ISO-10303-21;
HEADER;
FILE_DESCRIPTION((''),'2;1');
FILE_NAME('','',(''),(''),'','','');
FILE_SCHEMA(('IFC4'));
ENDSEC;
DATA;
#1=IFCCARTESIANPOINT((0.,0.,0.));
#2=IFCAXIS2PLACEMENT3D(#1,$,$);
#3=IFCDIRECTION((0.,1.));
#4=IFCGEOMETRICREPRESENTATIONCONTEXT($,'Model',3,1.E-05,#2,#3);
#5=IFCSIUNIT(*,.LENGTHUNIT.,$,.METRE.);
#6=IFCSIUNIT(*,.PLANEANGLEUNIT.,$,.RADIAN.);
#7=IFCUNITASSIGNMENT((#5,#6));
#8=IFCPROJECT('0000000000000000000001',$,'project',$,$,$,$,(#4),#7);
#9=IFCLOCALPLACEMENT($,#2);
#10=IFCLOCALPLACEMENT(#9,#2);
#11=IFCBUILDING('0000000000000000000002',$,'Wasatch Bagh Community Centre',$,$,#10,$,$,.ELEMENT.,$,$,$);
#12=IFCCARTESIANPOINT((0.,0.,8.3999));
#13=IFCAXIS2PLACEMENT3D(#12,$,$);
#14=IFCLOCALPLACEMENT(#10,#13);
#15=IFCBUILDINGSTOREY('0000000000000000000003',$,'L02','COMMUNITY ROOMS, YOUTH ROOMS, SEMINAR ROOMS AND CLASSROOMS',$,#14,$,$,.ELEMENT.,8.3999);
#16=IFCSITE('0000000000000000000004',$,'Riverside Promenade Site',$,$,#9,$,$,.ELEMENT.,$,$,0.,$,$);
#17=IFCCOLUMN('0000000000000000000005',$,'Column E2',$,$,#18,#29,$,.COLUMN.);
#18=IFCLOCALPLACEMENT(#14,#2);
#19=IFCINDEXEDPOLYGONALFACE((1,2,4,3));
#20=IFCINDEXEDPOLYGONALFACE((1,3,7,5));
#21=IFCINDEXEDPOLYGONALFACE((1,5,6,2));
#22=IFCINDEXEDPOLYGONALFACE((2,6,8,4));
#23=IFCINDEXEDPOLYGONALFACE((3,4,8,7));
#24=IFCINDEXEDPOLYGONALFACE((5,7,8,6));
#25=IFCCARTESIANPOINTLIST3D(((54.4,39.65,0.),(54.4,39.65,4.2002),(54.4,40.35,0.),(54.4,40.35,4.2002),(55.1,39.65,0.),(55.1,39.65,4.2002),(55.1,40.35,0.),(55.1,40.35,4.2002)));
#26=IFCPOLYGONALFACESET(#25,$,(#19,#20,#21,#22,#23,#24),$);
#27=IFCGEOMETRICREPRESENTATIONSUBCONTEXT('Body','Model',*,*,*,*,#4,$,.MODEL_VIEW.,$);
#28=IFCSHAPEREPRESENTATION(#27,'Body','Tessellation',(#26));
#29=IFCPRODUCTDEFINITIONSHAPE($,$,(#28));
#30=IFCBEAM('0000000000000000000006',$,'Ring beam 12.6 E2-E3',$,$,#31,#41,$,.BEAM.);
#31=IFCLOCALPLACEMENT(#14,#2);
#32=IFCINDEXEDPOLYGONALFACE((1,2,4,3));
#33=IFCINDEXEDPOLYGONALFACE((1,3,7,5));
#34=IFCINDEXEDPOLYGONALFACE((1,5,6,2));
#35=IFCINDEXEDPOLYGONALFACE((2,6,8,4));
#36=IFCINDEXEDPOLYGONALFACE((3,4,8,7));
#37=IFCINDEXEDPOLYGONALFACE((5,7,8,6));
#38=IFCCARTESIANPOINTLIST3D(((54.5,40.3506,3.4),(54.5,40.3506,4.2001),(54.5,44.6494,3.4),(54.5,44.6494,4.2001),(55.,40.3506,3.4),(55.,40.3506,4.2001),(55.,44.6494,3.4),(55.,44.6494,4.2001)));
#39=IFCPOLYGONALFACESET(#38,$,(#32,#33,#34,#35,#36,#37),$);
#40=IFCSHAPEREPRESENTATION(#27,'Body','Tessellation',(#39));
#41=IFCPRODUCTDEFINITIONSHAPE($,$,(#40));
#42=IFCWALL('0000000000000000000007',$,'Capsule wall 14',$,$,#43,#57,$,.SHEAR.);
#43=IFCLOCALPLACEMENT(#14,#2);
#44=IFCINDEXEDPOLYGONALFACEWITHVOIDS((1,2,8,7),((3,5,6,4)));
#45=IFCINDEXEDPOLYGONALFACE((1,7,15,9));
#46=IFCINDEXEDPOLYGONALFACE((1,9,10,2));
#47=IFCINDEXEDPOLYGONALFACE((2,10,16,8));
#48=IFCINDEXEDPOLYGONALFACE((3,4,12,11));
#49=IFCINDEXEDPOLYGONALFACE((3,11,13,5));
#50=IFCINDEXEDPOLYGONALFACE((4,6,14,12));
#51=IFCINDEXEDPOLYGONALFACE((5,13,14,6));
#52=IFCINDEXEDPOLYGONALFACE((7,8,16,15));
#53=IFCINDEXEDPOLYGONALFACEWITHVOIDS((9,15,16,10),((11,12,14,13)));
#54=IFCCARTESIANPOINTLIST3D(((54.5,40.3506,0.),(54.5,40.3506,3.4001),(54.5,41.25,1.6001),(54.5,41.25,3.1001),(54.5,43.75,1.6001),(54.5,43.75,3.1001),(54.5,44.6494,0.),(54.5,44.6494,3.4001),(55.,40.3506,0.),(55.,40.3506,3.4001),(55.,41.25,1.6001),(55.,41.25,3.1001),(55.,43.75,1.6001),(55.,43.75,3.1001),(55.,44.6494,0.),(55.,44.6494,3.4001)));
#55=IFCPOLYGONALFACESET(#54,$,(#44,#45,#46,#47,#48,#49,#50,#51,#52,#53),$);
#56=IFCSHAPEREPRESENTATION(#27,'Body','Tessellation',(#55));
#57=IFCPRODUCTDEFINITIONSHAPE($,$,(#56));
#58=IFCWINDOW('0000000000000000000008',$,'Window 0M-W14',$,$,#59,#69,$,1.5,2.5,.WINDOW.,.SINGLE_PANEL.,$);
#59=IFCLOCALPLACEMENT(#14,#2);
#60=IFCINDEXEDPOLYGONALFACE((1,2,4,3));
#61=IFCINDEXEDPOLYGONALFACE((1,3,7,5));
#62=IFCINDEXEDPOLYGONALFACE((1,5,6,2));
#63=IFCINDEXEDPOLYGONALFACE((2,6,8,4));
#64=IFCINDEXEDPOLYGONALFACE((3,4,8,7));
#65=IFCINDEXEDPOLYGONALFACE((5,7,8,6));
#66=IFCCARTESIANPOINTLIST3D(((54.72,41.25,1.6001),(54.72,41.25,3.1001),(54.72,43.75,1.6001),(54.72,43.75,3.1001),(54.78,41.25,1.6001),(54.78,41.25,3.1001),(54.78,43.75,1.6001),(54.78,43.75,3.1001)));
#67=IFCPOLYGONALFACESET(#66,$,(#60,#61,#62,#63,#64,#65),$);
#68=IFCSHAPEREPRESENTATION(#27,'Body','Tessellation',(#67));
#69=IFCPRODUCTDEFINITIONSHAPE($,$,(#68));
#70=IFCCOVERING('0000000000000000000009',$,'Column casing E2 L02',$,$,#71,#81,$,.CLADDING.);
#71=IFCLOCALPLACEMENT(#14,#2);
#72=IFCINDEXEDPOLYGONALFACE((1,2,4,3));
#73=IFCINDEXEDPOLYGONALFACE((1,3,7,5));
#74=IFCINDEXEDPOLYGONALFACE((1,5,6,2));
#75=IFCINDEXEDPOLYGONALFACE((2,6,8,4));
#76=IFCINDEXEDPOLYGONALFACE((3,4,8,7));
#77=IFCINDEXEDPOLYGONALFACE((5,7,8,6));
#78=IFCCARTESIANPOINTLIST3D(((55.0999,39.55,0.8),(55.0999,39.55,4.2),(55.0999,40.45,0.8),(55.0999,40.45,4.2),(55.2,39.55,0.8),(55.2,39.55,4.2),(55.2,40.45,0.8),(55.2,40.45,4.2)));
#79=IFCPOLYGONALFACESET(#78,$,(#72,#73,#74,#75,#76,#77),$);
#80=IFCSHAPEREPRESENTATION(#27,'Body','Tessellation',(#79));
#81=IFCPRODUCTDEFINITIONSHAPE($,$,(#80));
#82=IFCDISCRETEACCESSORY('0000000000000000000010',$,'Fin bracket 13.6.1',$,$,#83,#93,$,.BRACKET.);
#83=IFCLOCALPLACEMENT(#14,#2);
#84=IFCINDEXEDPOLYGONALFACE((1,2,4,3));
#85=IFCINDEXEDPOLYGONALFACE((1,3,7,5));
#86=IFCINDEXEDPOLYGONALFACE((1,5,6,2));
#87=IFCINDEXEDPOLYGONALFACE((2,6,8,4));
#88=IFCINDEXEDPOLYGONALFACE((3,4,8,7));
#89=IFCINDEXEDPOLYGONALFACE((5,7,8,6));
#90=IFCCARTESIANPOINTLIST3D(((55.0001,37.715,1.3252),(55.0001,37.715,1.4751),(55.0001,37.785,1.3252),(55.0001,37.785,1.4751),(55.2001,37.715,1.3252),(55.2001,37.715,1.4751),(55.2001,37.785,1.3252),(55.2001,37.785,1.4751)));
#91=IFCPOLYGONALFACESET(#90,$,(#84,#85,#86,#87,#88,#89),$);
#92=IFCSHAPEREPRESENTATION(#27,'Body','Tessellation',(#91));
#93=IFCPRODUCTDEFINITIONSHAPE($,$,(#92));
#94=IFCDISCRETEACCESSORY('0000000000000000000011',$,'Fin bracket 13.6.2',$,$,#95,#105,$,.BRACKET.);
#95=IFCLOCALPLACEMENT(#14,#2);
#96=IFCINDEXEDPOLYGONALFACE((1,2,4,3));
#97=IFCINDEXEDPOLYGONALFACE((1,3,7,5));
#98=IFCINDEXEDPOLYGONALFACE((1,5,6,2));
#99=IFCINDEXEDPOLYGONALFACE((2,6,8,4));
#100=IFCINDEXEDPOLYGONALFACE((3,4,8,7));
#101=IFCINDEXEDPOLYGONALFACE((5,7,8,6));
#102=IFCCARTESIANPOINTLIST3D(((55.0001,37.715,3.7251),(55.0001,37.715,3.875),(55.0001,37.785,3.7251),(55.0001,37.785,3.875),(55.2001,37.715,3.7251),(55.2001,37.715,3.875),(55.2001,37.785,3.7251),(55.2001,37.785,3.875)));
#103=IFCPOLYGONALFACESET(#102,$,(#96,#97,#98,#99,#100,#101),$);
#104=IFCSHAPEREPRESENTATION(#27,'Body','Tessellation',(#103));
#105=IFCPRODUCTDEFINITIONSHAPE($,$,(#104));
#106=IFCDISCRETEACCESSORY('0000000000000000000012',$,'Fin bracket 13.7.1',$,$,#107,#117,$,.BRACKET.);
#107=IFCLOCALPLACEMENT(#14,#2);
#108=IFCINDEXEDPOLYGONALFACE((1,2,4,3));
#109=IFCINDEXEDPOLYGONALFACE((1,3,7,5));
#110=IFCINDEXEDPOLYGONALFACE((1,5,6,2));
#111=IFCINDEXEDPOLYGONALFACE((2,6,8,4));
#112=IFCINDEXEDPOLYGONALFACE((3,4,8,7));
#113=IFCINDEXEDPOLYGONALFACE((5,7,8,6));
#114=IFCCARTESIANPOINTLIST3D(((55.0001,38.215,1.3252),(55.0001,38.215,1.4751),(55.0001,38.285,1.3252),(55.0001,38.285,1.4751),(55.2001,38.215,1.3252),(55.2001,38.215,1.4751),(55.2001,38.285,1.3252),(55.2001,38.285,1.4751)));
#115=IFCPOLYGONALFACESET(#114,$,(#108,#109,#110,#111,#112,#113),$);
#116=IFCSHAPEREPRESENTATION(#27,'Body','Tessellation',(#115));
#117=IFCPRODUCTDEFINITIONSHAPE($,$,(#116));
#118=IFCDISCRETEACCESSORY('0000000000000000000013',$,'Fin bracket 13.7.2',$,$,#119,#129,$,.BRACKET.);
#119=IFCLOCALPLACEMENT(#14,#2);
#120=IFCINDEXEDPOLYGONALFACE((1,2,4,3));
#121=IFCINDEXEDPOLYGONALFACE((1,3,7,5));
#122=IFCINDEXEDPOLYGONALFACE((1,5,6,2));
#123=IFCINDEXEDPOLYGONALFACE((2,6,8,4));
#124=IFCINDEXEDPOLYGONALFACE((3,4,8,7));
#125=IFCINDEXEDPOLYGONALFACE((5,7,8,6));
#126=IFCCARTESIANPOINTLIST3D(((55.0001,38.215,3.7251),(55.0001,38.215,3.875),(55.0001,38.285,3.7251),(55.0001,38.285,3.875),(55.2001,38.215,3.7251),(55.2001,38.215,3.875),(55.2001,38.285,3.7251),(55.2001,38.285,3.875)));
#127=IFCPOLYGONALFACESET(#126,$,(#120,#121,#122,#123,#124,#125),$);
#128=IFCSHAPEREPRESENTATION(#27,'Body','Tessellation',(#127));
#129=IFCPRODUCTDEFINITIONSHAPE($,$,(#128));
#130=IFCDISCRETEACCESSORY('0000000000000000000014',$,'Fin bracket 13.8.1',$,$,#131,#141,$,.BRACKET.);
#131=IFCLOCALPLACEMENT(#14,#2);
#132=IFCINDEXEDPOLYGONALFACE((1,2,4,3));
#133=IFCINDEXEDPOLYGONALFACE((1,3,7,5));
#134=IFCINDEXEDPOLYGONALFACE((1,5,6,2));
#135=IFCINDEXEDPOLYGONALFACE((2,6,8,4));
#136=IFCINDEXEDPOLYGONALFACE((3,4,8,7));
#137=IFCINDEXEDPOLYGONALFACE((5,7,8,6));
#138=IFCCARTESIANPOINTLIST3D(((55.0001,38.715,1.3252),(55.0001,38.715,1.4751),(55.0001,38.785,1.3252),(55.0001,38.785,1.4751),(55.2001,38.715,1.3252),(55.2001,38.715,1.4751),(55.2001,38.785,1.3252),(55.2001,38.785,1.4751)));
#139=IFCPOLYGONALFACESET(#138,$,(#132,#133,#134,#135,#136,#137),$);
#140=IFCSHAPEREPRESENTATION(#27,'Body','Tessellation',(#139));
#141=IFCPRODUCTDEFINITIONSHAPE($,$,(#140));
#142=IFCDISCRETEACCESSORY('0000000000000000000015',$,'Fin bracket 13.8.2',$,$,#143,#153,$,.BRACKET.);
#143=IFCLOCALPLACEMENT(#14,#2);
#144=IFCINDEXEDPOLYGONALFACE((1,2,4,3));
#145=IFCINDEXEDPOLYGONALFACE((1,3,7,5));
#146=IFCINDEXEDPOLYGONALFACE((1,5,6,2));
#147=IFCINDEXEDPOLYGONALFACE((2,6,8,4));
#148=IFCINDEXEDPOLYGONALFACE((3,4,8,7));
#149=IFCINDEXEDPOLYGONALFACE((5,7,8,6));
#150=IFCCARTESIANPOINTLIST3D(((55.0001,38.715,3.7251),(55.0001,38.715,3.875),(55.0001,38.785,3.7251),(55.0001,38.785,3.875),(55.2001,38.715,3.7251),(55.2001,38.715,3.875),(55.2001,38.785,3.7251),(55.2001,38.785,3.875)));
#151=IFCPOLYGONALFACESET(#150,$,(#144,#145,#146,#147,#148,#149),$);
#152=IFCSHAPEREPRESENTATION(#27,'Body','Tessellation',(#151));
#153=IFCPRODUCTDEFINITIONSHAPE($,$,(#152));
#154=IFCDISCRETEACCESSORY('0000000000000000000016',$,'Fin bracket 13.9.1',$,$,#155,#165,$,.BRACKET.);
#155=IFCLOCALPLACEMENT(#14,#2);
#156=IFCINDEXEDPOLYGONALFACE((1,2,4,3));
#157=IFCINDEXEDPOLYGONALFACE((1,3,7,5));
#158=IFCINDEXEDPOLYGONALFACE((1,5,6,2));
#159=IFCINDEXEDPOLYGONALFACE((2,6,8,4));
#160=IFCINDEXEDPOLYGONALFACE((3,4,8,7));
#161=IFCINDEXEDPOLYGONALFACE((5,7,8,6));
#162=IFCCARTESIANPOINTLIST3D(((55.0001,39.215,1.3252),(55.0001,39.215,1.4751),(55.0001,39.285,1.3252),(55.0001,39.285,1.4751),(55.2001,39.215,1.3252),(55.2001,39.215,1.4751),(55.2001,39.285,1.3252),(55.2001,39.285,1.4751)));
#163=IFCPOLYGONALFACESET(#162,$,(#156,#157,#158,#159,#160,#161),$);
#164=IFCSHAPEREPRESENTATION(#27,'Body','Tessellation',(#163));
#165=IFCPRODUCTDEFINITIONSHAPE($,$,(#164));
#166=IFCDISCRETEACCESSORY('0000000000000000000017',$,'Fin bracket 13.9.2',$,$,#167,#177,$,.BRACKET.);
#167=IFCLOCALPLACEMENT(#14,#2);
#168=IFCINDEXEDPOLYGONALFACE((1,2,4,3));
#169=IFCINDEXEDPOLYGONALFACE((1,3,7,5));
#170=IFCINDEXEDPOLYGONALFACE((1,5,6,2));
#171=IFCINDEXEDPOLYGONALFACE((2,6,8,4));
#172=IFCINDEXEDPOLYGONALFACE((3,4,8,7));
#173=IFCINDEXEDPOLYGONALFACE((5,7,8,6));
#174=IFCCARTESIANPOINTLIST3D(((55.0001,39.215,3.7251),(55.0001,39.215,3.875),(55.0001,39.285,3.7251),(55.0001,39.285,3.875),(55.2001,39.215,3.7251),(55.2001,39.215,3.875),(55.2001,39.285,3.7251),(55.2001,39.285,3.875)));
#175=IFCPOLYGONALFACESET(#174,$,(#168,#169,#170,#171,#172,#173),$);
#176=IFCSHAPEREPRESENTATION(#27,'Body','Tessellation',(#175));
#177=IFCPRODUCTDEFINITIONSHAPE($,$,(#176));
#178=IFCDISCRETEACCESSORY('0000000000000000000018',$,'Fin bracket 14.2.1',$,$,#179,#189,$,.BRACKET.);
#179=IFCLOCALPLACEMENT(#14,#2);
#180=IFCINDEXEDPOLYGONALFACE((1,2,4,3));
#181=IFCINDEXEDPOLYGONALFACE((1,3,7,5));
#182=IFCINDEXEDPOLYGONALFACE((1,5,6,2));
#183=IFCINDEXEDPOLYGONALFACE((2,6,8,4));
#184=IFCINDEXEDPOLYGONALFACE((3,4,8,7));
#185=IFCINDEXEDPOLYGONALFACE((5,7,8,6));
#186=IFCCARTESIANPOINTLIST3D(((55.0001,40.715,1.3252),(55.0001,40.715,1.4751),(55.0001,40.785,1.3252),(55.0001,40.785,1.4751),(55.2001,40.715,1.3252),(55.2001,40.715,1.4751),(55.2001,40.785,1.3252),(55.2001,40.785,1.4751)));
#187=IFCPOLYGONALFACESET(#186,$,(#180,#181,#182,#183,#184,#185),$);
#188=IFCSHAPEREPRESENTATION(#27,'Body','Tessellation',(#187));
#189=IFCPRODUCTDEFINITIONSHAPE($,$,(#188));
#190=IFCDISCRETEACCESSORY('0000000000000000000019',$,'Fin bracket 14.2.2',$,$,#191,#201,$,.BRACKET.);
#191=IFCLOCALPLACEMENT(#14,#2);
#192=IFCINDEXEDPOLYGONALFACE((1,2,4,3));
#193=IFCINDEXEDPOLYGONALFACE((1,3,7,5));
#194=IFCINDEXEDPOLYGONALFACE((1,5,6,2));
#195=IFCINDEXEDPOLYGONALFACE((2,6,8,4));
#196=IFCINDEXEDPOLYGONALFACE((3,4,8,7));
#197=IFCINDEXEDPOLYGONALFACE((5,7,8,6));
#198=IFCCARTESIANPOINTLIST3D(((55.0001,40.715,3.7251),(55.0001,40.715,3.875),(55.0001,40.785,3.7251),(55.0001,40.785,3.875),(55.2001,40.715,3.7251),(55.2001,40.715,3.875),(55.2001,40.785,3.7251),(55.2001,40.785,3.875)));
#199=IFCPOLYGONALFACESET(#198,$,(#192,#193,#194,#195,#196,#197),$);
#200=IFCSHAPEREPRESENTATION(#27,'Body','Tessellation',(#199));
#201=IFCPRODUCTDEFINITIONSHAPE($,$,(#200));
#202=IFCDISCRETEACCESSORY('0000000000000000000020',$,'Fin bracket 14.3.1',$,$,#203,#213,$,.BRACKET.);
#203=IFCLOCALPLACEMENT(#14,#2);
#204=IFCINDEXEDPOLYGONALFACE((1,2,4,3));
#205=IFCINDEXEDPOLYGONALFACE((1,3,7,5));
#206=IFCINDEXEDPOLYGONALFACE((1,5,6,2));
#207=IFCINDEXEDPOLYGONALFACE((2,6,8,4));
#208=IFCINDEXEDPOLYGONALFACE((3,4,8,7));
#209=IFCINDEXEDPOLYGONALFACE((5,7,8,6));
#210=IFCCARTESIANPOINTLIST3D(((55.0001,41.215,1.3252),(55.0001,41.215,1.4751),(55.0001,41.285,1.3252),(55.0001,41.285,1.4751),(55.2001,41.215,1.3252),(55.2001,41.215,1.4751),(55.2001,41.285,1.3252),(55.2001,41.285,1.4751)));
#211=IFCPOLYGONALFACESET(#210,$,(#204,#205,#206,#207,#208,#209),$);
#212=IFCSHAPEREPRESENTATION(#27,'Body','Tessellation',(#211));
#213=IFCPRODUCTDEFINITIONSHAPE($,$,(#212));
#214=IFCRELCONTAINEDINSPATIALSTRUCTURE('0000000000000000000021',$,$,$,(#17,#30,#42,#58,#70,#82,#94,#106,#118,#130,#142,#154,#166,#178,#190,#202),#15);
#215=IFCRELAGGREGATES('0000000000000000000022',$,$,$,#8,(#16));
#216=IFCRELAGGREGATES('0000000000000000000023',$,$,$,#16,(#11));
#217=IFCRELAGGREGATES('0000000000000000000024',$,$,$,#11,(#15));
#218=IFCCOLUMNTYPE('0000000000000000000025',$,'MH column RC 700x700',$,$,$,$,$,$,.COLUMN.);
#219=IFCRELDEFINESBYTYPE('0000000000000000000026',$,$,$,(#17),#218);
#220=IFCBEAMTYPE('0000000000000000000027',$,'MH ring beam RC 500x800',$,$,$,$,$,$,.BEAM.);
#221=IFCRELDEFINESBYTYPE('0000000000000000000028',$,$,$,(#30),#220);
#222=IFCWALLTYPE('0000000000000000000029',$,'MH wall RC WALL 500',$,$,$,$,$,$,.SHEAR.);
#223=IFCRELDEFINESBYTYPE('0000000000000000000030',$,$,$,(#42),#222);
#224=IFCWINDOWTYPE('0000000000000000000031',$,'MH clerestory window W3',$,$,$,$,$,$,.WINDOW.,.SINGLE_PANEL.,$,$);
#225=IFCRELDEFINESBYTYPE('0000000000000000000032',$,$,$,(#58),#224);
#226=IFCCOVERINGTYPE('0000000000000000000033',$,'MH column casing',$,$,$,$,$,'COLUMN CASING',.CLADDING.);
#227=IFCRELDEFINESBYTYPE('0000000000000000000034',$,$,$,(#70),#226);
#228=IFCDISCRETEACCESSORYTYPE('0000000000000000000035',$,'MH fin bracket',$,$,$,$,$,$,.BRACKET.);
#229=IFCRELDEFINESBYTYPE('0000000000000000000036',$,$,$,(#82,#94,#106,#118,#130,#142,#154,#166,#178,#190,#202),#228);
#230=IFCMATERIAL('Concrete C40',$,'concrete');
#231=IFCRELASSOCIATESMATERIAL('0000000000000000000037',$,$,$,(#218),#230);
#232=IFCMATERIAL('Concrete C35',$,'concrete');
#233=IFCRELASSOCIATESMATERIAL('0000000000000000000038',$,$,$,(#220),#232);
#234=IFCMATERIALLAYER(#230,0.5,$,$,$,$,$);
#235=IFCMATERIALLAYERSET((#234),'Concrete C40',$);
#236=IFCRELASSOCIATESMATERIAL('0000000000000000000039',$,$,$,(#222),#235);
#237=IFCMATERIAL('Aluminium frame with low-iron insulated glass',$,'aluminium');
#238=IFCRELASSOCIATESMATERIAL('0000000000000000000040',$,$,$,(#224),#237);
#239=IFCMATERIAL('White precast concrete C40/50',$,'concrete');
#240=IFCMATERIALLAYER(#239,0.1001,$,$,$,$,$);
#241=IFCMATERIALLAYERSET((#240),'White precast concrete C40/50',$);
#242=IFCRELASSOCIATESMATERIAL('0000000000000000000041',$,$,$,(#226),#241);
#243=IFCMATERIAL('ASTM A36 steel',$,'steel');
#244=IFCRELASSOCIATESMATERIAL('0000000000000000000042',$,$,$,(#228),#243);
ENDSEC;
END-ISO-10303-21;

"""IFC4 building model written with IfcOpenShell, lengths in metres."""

from ifc_helpers import new_model, si_unit, direction, frame, frame_2d, origin, origin_2d, place, context, subcontext, project, spatial, rectangle, extrude, material, layer, layer_set, material_profile, profile_set, type_object, element, fill, save


model = new_model("IFC4")

# Units and contexts
model_context = context("Model", 3, precision=1e-05, world=origin(), true_north=direction((0.0, 1.0)))
body_context = subcontext(model_context, "Body", "Model", "MODEL_VIEW")
ifc_project = project(units=[si_unit("LENGTHUNIT", "METRE"), si_unit("PLANEANGLEUNIT", "RADIAN")], contexts=[model_context])

# Site, building, storey
site_placement = place(None, origin())
site = spatial("IfcSite", under=ifc_project, at=site_placement, Name="Riverside Promenade Site", CompositionType="ELEMENT", RefElevation=0.0)
building_placement = place(site_placement, origin())
building = spatial("IfcBuilding", under=site, at=building_placement, Name="Wasatch Bagh Community Centre", CompositionType="ELEMENT")
storey_placement = place(building_placement, frame((0.0, 0.0, 8.3999)))
storey = spatial("IfcBuildingStorey", under=building, at=storey_placement, Name="L02", Description="COMMUNITY ROOMS, YOUTH ROOMS, SEMINAR ROOMS AND CLASSROOMS", CompositionType="ELEMENT", Elevation=8.3999)

# Column
ifc_material_1 = material(Name="Concrete C40", Category="concrete")
ifc_material_profile_1 = material_profile(ifc_material_1, rectangle(XDim=0.7, YDim=0.7, at=origin_2d()), Name="RC 700x700")
ifc_profile_set_1 = profile_set([ifc_material_profile_1], Name="Concrete C40")
column_type = type_object("IfcColumnType", Name="MH column RC 700x700", PredefinedType="COLUMN", material=ifc_profile_set_1)
column_placement = place(storey_placement, frame((54.75, 40.0, 0.0), z_axis=(0.0, 0.0, 1.0), x_axis=(1.0, 0.0, 0.0)))
element("IfcColumn", 1, at=column_placement, inside=storey, type_object=column_type, Name="Column E2", PredefinedType="COLUMN", context=body_context, shape_type="SweptSolid", body=[
    extrude(rectangle(XDim=0.7, YDim=0.7, at=origin_2d()), origin(), (0.0, 0.0, 1.0), 4.2002),
])

# Beam
ifc_material_2 = material(Name="Concrete C35", Category="concrete")
ifc_material_profile_2 = material_profile(ifc_material_2, rectangle(XDim=0.5, YDim=0.8, at=origin_2d()), Name="RC 500x800")
ifc_profile_set_2 = profile_set([ifc_material_profile_2], Name="Concrete C35")
beam_type = type_object("IfcBeamType", Name="MH ring beam RC 500x800", PredefinedType="BEAM", material=ifc_profile_set_2)
beam_placement = place(storey_placement, frame((54.75, 40.3506, 3.8), z_axis=(0.0, 1.0, 0.0), x_axis=(-1.0, 0.0, 0.0)))
element("IfcBeam", 2, at=beam_placement, inside=storey, type_object=beam_type, Name="Ring beam 12.6 E2-E3", PredefinedType="BEAM", context=body_context, shape_type="SweptSolid", body=[
    extrude(rectangle(XDim=0.5, YDim=0.8, at=origin_2d()), origin(), (0.0, 0.0, 1.0), 4.2988),
])

# Wall, opening, window
ifc_layer_1 = layer(ifc_material_1, 0.5)
ifc_layer_set_1 = layer_set([ifc_layer_1], Name="Concrete C40")
wall_type = type_object("IfcWallType", Name="MH wall RC WALL 500", PredefinedType="SHEAR", material=ifc_layer_set_1)
wall_placement = place(storey_placement, frame((54.75, 40.3506, 0.0), z_axis=(0.0, 0.0, 1.0), x_axis=(0.0, 1.0, 0.0)))
wall = element("IfcWall", 3, at=wall_placement, inside=storey, type_object=wall_type, Name="Capsule wall 14", PredefinedType="SHEAR", context=body_context, shape_type="SweptSolid", body=[
    extrude(rectangle(XDim=4.2988, YDim=0.5, at=frame_2d((2.1494, 0.0))), origin(), (0.0, 0.0, 1.0), 3.4001),
])
opening_placement = place(wall_placement, frame((0.8994, 0.0, 1.6001)))
opening = element("IfcOpeningElement", 4, at=opening_placement, cuts=wall, PredefinedType="OPENING", context=body_context, shape_type="SweptSolid", body=[
    extrude(rectangle(XDim=2.5, YDim=1.5, at=frame_2d((1.25, 0.75))), frame((0.0, 0.26, 0.0), z_axis=(0.0, -1.0, 0.0), x_axis=(1.0, 0.0, 0.0)), (0.0, 0.0, 1.0), 0.52),
])
ifc_material_3 = material(Name="Aluminium frame with low-iron insulated glass", Category="aluminium")
window_type = type_object("IfcWindowType", Name="MH clerestory window W3", PartitioningType="SINGLE_PANEL", PredefinedType="WINDOW", material=ifc_material_3)
window_placement = place(opening_placement, origin())
window = element("IfcWindow", 5, at=window_placement, inside=storey, type_object=window_type, Name="Window 0M-W14", OverallHeight=1.5, OverallWidth=2.5, PartitioningType="SINGLE_PANEL", PredefinedType="WINDOW", context=body_context, shape_type="SweptSolid", body=[
    extrude(rectangle(XDim=2.5, YDim=1.5, at=frame_2d((1.25, 0.75))), frame((0.0, 0.03, 0.0), z_axis=(0.0, -1.0, 0.0), x_axis=(1.0, 0.0, 0.0)), (0.0, 0.0, 1.0), 0.0601),
])
fill(opening, window)

# Covering
ifc_material_4 = material(Name="White precast concrete C40/50", Category="concrete")
ifc_layer_2 = layer(ifc_material_4, 0.1001)
ifc_layer_set_2 = layer_set([ifc_layer_2], Name="White precast concrete C40/50")
covering_type = type_object("IfcCoveringType", Name="MH column casing", ElementType="COLUMN CASING", PredefinedType="CLADDING", material=ifc_layer_set_2)
covering_placement = place(storey_placement, frame((55.1499, 40.0, 0.8), z_axis=(0.0, 0.0, 1.0), x_axis=(0.0, 1.0, 0.0)))
element("IfcCovering", 6, at=covering_placement, inside=storey, type_object=covering_type, Name="Column casing E2 L02", PredefinedType="CLADDING", context=body_context, shape_type="SweptSolid", body=[
    extrude(rectangle(XDim=0.8999, YDim=0.1001, at=origin_2d()), origin(), (0.0, 0.0, 1.0), 3.3999),
])

# Discrete accessories
ifc_material_5 = material(Name="ASTM A36 steel", Category="steel")
discrete_accessory_type = type_object("IfcDiscreteAccessoryType", Name="MH fin bracket", PredefinedType="BRACKET", material=ifc_material_5)
for number, where, z_axis, x_axis, name in (
    (7, (55.1001, 37.75, 1.3252), (0.0, 0.0, 1.0), (0.0, 1.0, 0.0), "Fin bracket 13.6.1"),
    (8, (55.1001, 37.75, 3.7251), (0.0, 0.0, 1.0), (0.0, 1.0, 0.0), "Fin bracket 13.6.2"),
    (9, (55.1001, 38.25, 1.3252), (0.0, 0.0, 1.0), (0.0, 1.0, 0.0), "Fin bracket 13.7.1"),
    (10, (55.1001, 38.25, 3.7251), (0.0, 0.0, 1.0), (0.0, 1.0, 0.0), "Fin bracket 13.7.2"),
    (11, (55.1001, 38.75, 1.3252), (0.0, 0.0, 1.0), (0.0, 1.0, 0.0), "Fin bracket 13.8.1"),
    (12, (55.1001, 38.75, 3.7251), (0.0, 0.0, 1.0), (0.0, 1.0, 0.0), "Fin bracket 13.8.2"),
    (13, (55.1001, 39.25, 1.3252), (0.0, 0.0, 1.0), (0.0, 1.0, 0.0), "Fin bracket 13.9.1"),
    (14, (55.1001, 39.25, 3.7251), (0.0, 0.0, 1.0), (0.0, 1.0, 0.0), "Fin bracket 13.9.2"),
    (15, (55.1001, 40.75, 1.3252), (0.0, 0.0, 1.0), (0.0, 1.0, 0.0), "Fin bracket 14.2.1"),
    (16, (55.1001, 40.75, 3.7251), (0.0, 0.0, 1.0), (0.0, 1.0, 0.0), "Fin bracket 14.2.2"),
    (17, (55.1001, 41.25, 1.3252), (0.0, 0.0, 1.0), (0.0, 1.0, 0.0), "Fin bracket 14.3.1"),
):
    element("IfcDiscreteAccessory", number, at=place(storey_placement, frame(where, z_axis=z_axis, x_axis=x_axis)), inside=storey, type_object=discrete_accessory_type, Name=name, PredefinedType="BRACKET", context=body_context, shape_type="SweptSolid", body=[
        extrude(rectangle(XDim=0.0701, YDim=0.2, at=origin_2d()), origin(), (0.0, 0.0, 1.0), 0.1499),
    ])

save(model, "model.ifc")
